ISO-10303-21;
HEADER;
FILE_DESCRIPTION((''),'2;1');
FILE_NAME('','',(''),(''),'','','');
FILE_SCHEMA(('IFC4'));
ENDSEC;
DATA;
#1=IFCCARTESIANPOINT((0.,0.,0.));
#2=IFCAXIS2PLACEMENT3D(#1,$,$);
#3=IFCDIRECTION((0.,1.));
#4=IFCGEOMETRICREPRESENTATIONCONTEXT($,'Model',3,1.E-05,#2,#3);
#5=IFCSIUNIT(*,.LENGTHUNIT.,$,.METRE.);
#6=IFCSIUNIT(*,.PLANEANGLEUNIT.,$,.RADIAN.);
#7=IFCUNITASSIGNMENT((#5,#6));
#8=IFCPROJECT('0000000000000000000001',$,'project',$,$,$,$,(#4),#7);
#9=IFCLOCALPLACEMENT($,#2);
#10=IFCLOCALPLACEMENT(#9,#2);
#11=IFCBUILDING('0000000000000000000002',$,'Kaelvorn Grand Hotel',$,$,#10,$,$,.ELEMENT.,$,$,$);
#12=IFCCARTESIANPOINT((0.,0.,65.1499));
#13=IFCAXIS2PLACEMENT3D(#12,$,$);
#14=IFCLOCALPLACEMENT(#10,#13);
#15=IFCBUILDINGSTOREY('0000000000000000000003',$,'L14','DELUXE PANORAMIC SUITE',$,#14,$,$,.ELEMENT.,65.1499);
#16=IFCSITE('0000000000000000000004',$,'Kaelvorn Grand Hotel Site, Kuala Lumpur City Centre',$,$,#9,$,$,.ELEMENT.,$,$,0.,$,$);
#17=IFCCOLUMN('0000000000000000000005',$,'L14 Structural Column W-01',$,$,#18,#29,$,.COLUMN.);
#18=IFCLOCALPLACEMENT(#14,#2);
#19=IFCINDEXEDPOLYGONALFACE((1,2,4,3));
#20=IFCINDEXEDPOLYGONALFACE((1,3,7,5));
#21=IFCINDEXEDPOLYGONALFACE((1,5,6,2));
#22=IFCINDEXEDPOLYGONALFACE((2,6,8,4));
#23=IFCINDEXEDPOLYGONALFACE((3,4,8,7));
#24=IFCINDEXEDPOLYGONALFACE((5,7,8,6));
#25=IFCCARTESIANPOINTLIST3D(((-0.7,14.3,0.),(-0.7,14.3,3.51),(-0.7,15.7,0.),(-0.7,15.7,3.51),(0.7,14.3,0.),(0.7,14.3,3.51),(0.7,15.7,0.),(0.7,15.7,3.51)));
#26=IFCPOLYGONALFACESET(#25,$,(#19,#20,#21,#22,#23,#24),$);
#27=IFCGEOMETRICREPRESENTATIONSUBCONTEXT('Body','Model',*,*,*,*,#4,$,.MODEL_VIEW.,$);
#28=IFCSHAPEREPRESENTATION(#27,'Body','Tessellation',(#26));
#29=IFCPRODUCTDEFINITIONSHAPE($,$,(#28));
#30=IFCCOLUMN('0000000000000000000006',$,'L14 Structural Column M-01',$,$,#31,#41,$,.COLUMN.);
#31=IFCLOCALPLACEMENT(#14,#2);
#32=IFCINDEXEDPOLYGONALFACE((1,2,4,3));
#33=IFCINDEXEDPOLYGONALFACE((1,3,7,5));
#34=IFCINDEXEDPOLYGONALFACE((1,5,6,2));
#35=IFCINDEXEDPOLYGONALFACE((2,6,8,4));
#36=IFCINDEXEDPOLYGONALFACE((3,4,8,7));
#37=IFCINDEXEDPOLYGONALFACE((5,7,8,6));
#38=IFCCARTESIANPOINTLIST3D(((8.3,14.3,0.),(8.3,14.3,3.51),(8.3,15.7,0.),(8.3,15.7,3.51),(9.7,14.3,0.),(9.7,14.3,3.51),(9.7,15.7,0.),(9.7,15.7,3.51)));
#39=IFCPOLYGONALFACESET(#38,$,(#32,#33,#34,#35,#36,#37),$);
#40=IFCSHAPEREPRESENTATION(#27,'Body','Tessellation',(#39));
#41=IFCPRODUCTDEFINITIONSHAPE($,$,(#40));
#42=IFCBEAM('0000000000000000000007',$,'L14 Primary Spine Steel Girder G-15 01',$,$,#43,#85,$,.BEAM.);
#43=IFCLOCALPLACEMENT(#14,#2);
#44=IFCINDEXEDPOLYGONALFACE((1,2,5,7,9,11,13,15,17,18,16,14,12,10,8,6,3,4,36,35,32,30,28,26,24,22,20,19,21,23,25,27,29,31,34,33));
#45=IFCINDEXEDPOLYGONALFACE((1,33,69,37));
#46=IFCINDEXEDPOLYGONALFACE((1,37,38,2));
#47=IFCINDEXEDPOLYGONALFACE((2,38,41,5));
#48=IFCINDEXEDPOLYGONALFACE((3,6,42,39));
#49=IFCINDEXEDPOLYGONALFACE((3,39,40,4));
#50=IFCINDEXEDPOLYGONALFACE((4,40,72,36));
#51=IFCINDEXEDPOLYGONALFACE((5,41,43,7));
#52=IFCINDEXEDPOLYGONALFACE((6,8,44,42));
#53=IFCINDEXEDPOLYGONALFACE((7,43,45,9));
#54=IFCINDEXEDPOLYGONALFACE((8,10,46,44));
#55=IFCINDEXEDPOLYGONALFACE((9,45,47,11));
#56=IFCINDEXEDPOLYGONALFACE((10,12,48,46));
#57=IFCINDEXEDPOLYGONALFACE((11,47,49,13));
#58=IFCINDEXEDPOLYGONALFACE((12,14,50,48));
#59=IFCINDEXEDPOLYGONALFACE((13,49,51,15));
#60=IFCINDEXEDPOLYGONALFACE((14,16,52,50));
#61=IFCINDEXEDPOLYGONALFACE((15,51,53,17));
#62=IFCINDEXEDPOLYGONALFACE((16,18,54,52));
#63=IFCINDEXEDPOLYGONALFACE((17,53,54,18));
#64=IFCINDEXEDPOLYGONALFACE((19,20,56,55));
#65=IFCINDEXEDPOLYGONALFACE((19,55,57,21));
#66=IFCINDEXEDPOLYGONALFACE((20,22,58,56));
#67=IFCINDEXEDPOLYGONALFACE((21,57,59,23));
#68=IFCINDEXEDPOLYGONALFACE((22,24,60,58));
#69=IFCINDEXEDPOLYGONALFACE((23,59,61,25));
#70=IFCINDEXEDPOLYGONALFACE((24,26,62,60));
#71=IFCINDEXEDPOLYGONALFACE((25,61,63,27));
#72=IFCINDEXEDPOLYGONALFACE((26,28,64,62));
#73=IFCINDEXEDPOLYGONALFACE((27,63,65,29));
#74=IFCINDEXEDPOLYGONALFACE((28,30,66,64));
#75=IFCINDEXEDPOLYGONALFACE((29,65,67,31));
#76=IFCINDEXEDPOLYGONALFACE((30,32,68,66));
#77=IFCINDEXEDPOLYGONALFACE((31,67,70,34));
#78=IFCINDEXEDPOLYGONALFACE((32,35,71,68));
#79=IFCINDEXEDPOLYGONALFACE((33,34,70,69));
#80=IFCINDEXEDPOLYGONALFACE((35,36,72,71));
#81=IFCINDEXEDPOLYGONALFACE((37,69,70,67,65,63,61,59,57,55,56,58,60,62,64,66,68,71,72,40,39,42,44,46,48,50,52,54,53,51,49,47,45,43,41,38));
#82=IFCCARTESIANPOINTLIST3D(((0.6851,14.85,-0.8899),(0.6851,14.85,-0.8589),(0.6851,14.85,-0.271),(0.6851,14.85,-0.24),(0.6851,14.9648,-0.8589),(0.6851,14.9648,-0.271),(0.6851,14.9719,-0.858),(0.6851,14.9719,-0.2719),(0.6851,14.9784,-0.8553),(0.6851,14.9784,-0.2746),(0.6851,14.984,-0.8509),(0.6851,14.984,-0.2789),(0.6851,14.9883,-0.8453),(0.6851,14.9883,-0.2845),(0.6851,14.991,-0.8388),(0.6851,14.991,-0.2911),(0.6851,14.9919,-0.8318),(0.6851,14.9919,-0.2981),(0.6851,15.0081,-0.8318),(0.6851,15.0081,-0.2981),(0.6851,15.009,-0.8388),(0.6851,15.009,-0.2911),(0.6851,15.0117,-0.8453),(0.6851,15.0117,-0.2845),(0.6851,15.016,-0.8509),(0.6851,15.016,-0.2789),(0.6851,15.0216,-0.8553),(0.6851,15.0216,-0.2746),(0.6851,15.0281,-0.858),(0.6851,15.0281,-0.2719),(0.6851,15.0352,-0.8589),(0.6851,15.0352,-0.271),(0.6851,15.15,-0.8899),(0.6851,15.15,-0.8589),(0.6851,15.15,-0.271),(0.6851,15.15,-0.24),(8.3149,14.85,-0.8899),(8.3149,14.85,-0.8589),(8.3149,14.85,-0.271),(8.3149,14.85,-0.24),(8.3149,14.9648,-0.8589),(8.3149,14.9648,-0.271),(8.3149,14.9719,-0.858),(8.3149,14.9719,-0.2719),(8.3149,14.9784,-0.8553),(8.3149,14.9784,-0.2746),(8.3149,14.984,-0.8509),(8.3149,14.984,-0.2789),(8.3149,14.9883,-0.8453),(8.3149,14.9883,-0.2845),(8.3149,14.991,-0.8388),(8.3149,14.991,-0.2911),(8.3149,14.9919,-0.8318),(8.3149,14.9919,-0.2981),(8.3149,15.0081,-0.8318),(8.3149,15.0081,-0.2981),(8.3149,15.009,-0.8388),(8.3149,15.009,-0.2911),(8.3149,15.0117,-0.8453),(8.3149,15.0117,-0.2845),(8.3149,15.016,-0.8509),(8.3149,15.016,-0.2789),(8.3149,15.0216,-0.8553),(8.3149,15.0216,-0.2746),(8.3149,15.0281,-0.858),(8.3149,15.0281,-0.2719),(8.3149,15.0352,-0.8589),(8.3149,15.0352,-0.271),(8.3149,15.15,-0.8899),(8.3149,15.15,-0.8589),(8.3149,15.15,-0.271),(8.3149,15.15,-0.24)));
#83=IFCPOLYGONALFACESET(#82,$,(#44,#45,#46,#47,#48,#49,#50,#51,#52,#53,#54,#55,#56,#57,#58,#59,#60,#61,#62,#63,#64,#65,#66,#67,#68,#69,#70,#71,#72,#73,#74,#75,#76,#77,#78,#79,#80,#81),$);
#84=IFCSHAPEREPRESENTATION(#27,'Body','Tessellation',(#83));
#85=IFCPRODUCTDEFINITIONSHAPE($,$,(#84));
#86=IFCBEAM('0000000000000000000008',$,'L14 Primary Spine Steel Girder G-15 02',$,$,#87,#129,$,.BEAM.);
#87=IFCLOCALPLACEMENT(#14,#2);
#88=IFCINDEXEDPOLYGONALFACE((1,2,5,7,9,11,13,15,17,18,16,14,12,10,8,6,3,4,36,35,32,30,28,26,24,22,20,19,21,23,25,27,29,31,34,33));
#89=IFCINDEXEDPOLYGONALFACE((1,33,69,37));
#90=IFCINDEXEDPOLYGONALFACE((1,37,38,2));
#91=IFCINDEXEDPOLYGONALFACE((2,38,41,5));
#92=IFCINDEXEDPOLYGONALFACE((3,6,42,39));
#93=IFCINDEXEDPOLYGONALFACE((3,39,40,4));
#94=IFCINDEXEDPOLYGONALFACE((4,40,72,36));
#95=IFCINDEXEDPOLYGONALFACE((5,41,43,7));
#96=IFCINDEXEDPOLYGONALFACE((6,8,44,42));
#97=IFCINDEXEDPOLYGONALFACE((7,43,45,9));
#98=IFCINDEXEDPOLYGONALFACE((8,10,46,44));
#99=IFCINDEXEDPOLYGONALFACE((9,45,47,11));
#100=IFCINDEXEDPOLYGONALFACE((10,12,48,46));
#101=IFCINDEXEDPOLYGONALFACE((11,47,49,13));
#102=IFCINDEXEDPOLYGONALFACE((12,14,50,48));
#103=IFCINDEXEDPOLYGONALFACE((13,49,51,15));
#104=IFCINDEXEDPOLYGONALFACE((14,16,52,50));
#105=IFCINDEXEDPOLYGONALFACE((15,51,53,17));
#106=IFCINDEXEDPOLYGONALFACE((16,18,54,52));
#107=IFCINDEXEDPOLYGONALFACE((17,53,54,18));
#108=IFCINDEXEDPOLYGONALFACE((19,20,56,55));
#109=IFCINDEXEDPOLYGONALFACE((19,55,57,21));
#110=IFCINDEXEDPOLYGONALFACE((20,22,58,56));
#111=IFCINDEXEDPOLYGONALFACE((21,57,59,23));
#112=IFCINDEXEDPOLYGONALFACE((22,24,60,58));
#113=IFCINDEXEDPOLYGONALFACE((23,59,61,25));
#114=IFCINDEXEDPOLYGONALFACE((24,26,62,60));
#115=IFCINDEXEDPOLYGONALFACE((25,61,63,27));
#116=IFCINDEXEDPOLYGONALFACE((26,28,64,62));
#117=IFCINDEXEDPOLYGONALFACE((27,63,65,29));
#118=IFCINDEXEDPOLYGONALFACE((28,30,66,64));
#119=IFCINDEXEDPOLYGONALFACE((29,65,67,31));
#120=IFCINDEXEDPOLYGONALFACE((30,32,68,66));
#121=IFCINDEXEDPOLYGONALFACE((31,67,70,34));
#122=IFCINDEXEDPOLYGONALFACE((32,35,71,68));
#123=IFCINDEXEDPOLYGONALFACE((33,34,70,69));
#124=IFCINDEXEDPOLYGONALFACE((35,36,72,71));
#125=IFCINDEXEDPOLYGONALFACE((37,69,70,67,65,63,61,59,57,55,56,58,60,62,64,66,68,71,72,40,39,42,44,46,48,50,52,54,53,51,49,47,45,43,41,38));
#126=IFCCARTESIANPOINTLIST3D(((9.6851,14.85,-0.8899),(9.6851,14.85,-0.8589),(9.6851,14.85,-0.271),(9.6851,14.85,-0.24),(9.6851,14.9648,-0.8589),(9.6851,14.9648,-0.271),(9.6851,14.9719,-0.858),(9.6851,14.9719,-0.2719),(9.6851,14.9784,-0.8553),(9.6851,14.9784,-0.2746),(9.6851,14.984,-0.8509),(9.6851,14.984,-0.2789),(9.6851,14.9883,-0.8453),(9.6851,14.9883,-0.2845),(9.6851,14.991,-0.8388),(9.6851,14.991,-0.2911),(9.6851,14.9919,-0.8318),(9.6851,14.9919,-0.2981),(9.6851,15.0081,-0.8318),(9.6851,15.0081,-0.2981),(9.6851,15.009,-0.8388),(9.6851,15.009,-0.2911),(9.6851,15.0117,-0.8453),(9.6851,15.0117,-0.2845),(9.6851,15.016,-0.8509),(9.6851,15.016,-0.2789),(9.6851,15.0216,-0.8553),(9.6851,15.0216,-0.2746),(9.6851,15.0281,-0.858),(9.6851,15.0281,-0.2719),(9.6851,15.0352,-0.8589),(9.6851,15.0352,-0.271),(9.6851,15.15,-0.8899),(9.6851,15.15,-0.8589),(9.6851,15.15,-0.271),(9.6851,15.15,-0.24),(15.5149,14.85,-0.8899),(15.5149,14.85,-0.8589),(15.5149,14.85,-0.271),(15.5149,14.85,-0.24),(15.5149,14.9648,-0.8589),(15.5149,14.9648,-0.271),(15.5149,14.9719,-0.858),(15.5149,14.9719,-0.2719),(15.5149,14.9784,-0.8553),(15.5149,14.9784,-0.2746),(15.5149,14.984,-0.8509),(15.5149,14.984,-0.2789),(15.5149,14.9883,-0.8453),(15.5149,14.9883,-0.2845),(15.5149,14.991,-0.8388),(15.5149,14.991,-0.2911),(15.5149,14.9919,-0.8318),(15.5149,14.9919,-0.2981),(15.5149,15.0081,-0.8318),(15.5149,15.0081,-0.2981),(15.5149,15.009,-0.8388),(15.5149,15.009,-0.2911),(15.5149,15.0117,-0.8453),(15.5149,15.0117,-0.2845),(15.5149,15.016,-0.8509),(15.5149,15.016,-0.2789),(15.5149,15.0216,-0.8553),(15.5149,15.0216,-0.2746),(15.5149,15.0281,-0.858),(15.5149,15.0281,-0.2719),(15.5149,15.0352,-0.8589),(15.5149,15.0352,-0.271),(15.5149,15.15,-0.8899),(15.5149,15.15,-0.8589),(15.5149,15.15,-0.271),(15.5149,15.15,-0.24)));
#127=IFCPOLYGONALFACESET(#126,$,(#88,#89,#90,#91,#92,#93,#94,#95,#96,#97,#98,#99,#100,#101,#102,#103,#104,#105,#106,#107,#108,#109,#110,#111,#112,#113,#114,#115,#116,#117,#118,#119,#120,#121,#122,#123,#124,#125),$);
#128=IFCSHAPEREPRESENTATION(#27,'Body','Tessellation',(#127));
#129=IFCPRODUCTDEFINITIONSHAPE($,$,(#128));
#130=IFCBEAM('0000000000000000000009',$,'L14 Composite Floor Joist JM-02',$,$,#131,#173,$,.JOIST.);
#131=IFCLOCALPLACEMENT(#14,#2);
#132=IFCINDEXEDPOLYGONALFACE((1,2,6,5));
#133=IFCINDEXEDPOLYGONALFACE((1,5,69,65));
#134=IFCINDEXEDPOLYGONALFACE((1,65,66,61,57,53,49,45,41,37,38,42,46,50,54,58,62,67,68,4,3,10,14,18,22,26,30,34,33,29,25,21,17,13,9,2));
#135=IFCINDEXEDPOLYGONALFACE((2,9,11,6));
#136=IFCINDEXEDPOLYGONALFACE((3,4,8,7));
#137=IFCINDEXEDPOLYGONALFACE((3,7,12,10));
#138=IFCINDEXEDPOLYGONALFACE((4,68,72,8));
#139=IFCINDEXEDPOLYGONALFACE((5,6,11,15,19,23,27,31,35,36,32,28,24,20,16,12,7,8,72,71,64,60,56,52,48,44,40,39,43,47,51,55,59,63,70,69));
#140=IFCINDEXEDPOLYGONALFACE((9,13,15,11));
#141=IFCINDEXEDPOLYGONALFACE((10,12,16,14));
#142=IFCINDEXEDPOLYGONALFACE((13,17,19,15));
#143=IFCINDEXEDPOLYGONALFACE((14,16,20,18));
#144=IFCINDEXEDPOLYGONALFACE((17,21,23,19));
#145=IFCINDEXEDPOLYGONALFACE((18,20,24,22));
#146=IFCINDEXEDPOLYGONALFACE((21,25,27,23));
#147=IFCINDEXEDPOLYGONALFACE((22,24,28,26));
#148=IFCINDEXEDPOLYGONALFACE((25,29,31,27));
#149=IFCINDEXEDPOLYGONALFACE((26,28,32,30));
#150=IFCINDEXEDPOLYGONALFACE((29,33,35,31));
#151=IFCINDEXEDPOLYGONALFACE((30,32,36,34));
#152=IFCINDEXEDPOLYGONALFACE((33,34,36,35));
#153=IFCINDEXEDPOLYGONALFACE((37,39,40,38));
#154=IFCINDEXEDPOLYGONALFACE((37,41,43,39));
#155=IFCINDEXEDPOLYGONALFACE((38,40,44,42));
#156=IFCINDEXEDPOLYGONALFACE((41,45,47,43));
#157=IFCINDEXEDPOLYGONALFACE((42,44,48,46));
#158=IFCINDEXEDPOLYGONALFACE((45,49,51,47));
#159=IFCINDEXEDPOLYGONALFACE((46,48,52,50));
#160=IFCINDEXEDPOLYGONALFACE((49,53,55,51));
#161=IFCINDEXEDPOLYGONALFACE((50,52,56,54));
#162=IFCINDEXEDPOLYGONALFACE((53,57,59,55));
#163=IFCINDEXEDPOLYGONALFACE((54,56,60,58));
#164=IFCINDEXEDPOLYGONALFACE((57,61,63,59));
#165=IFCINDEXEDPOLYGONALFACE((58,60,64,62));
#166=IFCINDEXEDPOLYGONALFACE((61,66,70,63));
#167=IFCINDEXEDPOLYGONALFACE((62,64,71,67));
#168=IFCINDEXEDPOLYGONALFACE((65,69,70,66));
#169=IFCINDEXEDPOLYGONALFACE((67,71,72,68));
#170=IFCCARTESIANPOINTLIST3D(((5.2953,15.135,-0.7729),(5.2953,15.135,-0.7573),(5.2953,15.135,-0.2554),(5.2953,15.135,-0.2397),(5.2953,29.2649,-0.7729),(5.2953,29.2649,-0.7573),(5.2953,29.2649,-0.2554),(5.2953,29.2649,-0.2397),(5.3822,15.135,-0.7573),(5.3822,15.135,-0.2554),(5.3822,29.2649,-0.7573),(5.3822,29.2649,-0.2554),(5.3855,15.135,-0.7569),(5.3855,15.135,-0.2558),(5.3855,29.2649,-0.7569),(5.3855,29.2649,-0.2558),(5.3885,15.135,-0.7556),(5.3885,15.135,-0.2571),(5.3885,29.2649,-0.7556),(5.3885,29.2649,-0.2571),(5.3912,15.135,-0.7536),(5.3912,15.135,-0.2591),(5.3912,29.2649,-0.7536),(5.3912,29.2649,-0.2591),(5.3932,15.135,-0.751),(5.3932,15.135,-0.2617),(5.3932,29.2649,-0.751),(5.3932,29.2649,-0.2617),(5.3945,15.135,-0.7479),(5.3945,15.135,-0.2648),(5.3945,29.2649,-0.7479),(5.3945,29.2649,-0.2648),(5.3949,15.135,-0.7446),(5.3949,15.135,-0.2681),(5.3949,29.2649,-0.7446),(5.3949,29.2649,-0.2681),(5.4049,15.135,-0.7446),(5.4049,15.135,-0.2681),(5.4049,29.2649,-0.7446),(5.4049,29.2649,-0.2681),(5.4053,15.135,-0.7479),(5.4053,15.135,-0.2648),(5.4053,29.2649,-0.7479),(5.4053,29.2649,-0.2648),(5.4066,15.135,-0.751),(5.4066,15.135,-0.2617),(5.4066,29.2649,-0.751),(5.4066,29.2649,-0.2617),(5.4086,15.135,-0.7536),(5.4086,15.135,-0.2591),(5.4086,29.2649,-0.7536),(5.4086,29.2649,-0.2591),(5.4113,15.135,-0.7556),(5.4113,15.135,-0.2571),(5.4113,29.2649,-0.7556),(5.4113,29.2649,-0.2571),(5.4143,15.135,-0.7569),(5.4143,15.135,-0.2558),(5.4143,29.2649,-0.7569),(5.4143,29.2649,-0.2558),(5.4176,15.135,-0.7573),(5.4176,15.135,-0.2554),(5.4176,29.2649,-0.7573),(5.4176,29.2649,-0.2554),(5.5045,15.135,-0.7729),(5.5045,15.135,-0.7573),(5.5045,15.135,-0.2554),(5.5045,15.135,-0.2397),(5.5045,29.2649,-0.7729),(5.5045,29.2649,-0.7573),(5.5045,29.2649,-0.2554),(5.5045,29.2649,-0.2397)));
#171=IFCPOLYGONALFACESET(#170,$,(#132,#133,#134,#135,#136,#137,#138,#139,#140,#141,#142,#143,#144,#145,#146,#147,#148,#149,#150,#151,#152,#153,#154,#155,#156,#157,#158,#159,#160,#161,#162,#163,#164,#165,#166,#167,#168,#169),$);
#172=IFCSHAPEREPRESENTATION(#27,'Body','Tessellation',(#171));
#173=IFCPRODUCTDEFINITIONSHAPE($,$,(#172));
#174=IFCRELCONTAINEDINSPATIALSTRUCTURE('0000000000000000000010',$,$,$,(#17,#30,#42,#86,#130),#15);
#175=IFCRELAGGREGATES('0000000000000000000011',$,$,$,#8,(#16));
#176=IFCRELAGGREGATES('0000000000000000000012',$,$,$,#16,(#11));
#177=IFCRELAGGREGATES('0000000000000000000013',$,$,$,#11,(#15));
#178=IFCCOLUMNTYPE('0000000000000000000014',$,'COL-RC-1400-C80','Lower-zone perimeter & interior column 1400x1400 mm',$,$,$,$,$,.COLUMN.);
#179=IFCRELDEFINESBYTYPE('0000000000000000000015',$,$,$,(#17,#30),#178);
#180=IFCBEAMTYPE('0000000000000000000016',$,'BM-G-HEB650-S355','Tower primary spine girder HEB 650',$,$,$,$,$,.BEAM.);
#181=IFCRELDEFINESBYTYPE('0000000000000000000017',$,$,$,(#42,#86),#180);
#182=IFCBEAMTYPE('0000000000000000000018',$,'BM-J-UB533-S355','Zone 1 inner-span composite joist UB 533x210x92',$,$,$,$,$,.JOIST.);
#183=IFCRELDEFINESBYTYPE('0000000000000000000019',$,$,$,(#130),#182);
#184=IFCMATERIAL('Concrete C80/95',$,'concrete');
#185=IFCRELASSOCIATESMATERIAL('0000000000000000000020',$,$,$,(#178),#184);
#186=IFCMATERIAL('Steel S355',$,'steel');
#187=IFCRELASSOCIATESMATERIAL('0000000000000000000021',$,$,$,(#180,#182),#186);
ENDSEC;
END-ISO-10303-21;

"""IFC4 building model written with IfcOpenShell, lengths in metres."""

from ifc_helpers import new_model, si_unit, direction, frame, origin, origin_2d, place, context, subcontext, project, spatial, rectangle, i_section, extrude, material, material_profile, profile_set, type_object, element, save


model = new_model("IFC4")

# Units and contexts
model_context = context("Model", 3, precision=1e-05, world=origin(), true_north=direction((0.0, 1.0)))
body_context = subcontext(model_context, "Body", "Model", "MODEL_VIEW")
ifc_project = project(units=[si_unit("LENGTHUNIT", "METRE"), si_unit("PLANEANGLEUNIT", "RADIAN")], contexts=[model_context])

# Site, building, storey
site_placement = place(None, origin())
site = spatial("IfcSite", under=ifc_project, at=site_placement, Name="Kaelvorn Grand Hotel Site, Kuala Lumpur City Centre", CompositionType="ELEMENT", RefElevation=0.0)
building_placement = place(site_placement, origin())
building = spatial("IfcBuilding", under=site, at=building_placement, Name="Kaelvorn Grand Hotel", CompositionType="ELEMENT")
storey_placement = place(building_placement, frame((0.0, 0.0, 65.1499)))
storey = spatial("IfcBuildingStorey", under=building, at=storey_placement, Name="L14", Description="DELUXE PANORAMIC SUITE", CompositionType="ELEMENT", Elevation=65.1499)

# Columns
ifc_material_1 = material(Name="Concrete C80/95", Category="concrete")
ifc_material_profile_1 = material_profile(ifc_material_1, rectangle(XDim=1.3999, YDim=1.3999, at=origin_2d()), Name="RC COL 1400x1400")
ifc_profile_set_1 = profile_set([ifc_material_profile_1], Name="Concrete C80/95")
column_type = type_object("IfcColumnType", Name="COL-RC-1400-C80", Description="Lower-zone perimeter & interior column 1400x1400 mm", PredefinedType="COLUMN", material=ifc_profile_set_1)
for number, where, z_axis, x_axis, name in (
    (1, (0.0, 15.0, 0.0), (0.0, 0.0, 1.0), (1.0, 0.0, 0.0), "L14 Structural Column W-01"),
    (2, (9.0, 15.0, 0.0), (0.0, 0.0, 1.0), (1.0, 0.0, 0.0), "L14 Structural Column M-01"),
):
    element("IfcColumn", number, at=place(storey_placement, frame(where, z_axis=z_axis, x_axis=x_axis)), inside=storey, type_object=column_type, Name=name, PredefinedType="COLUMN", context=body_context, shape_type="SweptSolid", body=[
        extrude(rectangle(XDim=1.3999, YDim=1.3999, at=origin_2d()), origin(), (0.0, 0.0, 1.0), 3.51),
    ])

# Beams
ifc_material_2 = material(Name="Steel S355", Category="steel")
ifc_material_profile_2 = material_profile(ifc_material_2, i_section(OverallWidth=0.3, OverallDepth=0.6499, WebThickness=0.0161, FlangeThickness=0.031, FilletRadius=0.0271, at=origin_2d()), Name="HEB 650")
ifc_profile_set_2 = profile_set([ifc_material_profile_2], Name="Steel S355")
beam_type_1 = type_object("IfcBeamType", Name="BM-G-HEB650-S355", Description="Tower primary spine girder HEB 650", PredefinedType="BEAM", material=ifc_profile_set_2)
beam_1_placement = place(storey_placement, frame((0.6851, 15.0, -0.5649), z_axis=(1.0, 0.0, 0.0), x_axis=(0.0, 1.0, 0.0)))
element("IfcBeam", 3, at=beam_1_placement, inside=storey, type_object=beam_type_1, Name="L14 Primary Spine Steel Girder G-15 01", PredefinedType="BEAM", context=body_context, shape_type="SweptSolid", body=[
    extrude(i_section(OverallWidth=0.3, OverallDepth=0.6499, WebThickness=0.0161, FlangeThickness=0.031, FilletRadius=0.0271, at=origin_2d()), origin(), (0.0, 0.0, 1.0), 7.6299),
])
beam_2_placement = place(storey_placement, frame((9.6851, 15.0, -0.5649), z_axis=(1.0, 0.0, 0.0), x_axis=(0.0, 1.0, 0.0)))
element("IfcBeam", 4, at=beam_2_placement, inside=storey, type_object=beam_type_1, Name="L14 Primary Spine Steel Girder G-15 02", PredefinedType="BEAM", context=body_context, shape_type="SweptSolid", body=[
    extrude(i_section(OverallWidth=0.3, OverallDepth=0.6499, WebThickness=0.0161, FlangeThickness=0.031, FilletRadius=0.0271, at=origin_2d()), origin(), (0.0, 0.0, 1.0), 5.8298),
])
ifc_material_profile_3 = material_profile(ifc_material_2, i_section(OverallWidth=0.2092, OverallDepth=0.5332, WebThickness=0.01, FlangeThickness=0.0156, FilletRadius=0.0127, at=origin_2d()), Name="UB 533x210x92")
ifc_profile_set_3 = profile_set([ifc_material_profile_3], Name="Steel S355")
beam_type_2 = type_object("IfcBeamType", Name="BM-J-UB533-S355", Description="Zone 1 inner-span composite joist UB 533x210x92", PredefinedType="JOIST", material=ifc_profile_set_3)
beam_3_placement = place(storey_placement, frame((5.3999, 15.135, -0.5063), z_axis=(0.0, 1.0, 0.0), x_axis=(-1.0, 0.0, 0.0)))
element("IfcBeam", 5, at=beam_3_placement, inside=storey, type_object=beam_type_2, Name="L14 Composite Floor Joist JM-02", PredefinedType="JOIST", context=body_context, shape_type="SweptSolid", body=[
    extrude(i_section(OverallWidth=0.2092, OverallDepth=0.5332, WebThickness=0.01, FlangeThickness=0.0156, FilletRadius=0.0127, at=origin_2d()), origin(), (0.0, 0.0, 1.0), 14.1299),
])

save(model, "model.ifc")
